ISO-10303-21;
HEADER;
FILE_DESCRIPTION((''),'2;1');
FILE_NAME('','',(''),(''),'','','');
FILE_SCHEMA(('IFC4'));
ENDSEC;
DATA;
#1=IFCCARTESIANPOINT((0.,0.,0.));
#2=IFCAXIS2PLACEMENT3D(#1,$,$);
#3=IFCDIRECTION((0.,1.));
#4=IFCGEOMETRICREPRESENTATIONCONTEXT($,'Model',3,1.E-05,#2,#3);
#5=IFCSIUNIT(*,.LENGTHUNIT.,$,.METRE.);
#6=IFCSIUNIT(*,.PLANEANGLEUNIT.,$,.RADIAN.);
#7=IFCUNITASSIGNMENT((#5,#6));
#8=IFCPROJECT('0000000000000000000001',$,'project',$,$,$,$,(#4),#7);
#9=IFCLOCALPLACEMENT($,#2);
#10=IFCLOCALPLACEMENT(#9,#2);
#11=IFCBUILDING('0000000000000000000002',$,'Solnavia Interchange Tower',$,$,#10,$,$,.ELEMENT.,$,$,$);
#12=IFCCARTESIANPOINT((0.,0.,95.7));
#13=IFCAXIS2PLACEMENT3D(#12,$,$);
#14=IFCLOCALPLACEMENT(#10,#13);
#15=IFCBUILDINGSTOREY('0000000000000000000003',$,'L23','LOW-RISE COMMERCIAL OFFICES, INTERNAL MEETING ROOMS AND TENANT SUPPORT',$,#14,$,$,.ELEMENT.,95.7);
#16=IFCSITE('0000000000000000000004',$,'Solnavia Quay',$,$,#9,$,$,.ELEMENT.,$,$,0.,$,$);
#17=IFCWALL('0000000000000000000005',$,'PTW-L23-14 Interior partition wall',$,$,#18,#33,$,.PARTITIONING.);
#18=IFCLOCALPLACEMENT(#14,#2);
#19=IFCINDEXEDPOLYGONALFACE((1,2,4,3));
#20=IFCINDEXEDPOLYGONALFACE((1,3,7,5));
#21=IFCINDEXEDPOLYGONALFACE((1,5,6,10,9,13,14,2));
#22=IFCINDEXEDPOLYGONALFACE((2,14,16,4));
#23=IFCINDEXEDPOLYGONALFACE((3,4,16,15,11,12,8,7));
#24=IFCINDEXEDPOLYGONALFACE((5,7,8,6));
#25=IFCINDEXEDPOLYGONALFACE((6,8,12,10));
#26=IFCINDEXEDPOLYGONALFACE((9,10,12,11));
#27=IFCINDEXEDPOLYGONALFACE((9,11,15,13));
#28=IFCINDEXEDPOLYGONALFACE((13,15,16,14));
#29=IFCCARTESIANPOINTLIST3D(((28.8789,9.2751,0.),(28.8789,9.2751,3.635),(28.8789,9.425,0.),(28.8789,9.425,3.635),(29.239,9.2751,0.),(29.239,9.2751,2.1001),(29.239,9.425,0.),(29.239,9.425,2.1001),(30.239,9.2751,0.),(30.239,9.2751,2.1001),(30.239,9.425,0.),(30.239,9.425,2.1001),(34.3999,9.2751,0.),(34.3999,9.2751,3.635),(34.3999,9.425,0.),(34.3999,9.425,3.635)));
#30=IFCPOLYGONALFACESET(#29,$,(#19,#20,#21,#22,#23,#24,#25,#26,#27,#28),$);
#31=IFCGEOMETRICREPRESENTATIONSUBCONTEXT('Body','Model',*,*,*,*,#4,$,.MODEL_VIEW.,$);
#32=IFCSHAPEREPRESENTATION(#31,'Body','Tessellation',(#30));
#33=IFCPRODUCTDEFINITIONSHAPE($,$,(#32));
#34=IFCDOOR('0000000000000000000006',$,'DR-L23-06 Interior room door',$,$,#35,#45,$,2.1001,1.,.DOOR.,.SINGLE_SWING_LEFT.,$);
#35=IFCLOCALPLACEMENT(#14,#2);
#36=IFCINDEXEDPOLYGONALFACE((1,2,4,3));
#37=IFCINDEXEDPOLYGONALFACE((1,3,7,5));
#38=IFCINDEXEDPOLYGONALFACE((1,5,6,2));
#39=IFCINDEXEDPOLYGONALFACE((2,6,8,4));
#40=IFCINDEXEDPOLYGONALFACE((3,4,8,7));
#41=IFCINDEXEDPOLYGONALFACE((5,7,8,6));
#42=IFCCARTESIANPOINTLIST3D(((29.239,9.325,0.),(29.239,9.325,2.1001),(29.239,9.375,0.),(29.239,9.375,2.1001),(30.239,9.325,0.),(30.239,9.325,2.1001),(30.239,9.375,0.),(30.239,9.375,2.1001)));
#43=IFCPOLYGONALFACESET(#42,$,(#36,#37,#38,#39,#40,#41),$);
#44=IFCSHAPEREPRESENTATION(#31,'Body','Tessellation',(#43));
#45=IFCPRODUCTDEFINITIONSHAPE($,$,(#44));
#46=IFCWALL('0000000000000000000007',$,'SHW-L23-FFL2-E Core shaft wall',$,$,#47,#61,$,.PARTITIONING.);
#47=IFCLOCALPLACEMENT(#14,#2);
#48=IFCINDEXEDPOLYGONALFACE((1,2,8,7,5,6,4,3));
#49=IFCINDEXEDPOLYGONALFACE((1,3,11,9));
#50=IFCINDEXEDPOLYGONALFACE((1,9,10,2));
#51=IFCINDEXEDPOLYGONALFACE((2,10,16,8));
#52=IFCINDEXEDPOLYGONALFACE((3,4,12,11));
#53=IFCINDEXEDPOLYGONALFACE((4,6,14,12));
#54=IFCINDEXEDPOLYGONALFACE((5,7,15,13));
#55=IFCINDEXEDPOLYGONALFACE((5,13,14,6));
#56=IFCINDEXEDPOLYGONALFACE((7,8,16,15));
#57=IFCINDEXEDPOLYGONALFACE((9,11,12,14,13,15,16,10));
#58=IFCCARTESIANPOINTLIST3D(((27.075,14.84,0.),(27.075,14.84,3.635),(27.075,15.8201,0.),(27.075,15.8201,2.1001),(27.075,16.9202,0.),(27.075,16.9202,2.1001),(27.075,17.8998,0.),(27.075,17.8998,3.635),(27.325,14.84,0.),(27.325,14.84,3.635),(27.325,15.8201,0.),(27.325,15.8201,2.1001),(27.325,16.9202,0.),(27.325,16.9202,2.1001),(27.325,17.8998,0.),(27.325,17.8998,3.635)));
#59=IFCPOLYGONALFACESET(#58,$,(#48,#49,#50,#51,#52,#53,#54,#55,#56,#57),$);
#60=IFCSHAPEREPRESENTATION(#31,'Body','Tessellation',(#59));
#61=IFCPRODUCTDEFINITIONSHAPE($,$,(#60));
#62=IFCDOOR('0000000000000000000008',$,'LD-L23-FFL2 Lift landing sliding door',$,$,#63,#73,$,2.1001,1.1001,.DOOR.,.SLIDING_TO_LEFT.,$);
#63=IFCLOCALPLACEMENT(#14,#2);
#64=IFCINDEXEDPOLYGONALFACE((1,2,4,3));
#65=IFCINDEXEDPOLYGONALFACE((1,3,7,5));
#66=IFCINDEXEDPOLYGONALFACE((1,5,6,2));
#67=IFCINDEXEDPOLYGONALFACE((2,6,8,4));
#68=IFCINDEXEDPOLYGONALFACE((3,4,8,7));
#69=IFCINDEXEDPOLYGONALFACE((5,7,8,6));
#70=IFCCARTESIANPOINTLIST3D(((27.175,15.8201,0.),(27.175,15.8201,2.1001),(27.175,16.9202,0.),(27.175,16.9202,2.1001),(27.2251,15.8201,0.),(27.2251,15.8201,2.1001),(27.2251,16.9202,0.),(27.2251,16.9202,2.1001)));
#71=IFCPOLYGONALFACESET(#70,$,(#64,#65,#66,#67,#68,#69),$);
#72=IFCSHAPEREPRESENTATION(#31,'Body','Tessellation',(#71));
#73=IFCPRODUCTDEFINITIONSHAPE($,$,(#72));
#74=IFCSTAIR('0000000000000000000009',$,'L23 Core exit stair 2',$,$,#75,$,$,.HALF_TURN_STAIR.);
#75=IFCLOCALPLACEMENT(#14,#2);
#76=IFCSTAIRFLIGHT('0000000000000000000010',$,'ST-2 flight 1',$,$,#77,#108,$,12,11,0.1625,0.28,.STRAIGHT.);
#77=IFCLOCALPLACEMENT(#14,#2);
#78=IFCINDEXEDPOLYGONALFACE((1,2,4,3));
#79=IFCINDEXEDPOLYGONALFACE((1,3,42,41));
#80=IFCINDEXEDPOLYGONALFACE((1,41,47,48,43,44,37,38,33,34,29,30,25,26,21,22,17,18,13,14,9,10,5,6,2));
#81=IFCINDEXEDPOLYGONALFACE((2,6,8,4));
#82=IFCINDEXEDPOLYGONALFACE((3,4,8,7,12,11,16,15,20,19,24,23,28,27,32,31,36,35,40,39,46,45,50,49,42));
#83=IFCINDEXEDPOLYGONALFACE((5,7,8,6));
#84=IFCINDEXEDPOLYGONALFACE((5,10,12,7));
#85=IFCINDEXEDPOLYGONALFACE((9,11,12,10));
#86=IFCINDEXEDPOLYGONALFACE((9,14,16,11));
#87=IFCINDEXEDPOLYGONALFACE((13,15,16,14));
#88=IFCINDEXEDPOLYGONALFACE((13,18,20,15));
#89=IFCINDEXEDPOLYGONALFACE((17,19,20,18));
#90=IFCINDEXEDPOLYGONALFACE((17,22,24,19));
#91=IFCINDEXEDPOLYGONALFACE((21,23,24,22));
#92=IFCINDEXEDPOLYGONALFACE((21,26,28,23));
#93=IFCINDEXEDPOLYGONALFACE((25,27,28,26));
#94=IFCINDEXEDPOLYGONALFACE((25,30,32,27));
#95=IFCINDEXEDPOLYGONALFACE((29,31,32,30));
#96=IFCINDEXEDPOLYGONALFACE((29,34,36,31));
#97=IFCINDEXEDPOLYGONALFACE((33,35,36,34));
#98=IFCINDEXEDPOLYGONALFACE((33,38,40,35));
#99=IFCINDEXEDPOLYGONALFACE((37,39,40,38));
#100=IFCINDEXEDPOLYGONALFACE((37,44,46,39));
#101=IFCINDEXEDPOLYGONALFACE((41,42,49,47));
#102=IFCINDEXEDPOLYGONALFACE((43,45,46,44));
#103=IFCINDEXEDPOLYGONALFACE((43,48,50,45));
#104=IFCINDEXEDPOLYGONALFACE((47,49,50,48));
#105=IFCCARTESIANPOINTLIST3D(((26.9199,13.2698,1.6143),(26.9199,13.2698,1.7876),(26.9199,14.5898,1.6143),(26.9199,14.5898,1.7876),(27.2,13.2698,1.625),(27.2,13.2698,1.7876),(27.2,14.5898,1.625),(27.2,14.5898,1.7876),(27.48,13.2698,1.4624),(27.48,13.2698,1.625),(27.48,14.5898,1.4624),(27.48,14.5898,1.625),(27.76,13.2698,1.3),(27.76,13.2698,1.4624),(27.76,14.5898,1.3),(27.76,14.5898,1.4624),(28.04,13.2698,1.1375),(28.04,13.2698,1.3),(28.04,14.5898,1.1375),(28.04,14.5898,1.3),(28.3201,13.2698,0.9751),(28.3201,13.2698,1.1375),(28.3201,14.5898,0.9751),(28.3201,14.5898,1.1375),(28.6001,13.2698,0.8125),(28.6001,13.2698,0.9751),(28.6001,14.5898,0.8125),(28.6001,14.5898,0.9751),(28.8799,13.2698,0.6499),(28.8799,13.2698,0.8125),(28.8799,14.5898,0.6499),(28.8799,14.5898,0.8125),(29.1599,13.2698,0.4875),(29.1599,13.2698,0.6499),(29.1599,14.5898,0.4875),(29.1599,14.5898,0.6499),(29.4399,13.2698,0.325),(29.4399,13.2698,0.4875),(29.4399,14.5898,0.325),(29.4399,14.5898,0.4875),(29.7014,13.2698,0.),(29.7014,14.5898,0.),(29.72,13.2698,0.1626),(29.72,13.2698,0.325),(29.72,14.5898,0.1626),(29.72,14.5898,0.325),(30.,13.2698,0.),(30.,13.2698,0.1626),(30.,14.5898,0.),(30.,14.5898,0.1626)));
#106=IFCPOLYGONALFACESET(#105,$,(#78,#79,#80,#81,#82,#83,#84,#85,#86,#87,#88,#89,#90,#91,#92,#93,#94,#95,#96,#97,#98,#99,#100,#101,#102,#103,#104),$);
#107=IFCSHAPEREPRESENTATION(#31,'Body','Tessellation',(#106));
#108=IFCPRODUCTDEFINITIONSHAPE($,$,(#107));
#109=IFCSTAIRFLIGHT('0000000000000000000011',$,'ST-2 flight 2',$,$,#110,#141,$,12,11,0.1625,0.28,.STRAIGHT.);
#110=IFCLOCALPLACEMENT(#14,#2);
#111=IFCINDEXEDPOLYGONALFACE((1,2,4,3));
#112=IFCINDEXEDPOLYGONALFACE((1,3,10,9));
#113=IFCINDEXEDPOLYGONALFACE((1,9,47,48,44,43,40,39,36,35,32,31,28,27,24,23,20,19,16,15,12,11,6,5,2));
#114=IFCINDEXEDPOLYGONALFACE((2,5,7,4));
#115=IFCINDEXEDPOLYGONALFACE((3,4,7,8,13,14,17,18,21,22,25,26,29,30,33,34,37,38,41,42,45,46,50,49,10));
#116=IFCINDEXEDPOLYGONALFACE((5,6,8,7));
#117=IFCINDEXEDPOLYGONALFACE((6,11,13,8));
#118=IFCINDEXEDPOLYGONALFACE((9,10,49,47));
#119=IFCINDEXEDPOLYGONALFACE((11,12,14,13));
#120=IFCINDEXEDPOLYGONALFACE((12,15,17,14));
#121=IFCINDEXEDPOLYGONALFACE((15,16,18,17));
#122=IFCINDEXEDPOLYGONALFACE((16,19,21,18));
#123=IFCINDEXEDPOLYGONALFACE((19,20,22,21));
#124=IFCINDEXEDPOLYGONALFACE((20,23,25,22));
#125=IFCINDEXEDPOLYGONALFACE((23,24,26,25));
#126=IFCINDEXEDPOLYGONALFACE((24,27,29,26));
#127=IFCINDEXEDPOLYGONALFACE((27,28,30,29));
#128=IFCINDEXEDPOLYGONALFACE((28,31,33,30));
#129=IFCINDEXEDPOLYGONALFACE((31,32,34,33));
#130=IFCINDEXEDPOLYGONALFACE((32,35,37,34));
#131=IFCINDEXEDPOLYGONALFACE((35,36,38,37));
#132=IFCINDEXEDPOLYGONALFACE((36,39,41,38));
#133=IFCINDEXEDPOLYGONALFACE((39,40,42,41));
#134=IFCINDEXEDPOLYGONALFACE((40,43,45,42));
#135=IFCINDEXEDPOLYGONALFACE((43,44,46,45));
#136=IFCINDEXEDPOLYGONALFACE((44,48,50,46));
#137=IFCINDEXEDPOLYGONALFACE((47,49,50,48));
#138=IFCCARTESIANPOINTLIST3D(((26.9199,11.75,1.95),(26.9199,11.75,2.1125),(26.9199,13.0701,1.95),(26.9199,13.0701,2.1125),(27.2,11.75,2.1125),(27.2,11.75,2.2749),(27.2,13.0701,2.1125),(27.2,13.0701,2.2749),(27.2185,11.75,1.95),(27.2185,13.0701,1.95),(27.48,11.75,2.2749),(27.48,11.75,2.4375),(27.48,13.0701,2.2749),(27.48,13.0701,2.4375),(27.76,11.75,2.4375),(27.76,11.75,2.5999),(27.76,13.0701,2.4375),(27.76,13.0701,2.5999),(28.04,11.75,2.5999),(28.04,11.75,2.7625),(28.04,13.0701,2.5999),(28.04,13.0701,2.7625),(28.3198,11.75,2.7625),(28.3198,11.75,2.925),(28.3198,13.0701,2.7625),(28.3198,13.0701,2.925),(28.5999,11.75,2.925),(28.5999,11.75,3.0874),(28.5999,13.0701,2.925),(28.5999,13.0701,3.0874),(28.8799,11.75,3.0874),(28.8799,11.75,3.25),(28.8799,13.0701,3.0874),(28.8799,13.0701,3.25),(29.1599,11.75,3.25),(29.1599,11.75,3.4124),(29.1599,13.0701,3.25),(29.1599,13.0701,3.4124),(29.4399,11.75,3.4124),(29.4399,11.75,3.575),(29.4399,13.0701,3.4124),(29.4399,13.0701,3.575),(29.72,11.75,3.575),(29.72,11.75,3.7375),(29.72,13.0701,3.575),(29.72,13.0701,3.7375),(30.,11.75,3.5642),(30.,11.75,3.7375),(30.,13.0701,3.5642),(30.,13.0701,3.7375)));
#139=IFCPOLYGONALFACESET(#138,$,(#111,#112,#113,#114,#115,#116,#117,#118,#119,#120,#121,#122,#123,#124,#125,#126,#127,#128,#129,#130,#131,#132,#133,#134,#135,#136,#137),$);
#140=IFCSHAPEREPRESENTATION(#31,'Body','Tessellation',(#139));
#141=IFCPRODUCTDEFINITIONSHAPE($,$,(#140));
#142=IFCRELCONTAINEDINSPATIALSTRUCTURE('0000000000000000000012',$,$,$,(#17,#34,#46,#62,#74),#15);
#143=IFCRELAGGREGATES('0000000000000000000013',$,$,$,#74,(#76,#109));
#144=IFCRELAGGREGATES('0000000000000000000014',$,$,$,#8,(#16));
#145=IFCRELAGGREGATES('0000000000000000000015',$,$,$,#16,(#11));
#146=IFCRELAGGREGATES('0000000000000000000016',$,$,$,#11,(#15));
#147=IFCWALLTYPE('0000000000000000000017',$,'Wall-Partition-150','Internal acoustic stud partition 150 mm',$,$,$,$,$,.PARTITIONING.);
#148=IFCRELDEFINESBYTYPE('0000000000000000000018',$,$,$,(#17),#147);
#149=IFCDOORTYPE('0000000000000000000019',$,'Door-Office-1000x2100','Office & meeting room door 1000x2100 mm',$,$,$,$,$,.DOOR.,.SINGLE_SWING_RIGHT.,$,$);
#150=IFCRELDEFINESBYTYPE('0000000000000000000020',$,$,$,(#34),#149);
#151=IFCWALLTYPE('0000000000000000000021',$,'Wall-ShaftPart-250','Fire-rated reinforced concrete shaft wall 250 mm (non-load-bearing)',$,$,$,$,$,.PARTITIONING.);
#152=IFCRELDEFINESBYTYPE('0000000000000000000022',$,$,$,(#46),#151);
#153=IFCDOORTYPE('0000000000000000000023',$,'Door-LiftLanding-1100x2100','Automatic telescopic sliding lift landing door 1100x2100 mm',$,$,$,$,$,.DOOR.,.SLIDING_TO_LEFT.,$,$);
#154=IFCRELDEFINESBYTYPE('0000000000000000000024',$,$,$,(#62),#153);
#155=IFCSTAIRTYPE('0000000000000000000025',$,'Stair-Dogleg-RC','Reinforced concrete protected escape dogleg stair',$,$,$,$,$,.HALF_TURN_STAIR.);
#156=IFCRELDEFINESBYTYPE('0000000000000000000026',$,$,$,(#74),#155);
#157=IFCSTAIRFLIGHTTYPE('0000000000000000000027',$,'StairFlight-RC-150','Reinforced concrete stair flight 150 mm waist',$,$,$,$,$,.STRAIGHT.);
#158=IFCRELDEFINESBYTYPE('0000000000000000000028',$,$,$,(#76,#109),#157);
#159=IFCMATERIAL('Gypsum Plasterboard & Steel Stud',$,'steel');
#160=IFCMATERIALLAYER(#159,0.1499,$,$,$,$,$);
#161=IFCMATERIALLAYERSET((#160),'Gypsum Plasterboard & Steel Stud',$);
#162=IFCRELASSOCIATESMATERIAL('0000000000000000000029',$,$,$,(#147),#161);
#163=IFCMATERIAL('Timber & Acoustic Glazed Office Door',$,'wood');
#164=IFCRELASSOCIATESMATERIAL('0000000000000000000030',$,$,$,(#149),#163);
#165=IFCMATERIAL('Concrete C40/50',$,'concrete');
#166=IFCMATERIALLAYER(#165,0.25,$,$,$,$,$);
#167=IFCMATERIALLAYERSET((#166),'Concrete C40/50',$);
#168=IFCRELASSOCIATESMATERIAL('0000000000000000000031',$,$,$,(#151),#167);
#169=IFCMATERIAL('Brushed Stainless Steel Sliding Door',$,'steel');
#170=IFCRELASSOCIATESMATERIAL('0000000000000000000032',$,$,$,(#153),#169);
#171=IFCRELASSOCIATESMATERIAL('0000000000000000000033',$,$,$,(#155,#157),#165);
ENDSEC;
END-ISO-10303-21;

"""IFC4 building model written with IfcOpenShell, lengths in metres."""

from ifc_helpers import new_model, si_unit, direction, frame, frame_2d, origin, place, context, subcontext, project, spatial, polyline, rectangle, outline, extrude, material, layer, layer_set, type_object, element, fill, aggregate, save


model = new_model("IFC4")

# Units and contexts
model_context = context("Model", 3, precision=1e-05, world=origin(), true_north=direction((0.0, 1.0)))
body_context = subcontext(model_context, "Body", "Model", "MODEL_VIEW")
ifc_project = project(units=[si_unit("LENGTHUNIT", "METRE"), si_unit("PLANEANGLEUNIT", "RADIAN")], contexts=[model_context])

# Site, building, storey
site_placement = place(None, origin())
site = spatial("IfcSite", under=ifc_project, at=site_placement, Name="Solnavia Quay", CompositionType="ELEMENT", RefElevation=0.0)
building_placement = place(site_placement, origin())
building = spatial("IfcBuilding", under=site, at=building_placement, Name="Solnavia Interchange Tower", CompositionType="ELEMENT")
storey_placement = place(building_placement, frame((0.0, 0.0, 95.7)))
storey = spatial("IfcBuildingStorey", under=building, at=storey_placement, Name="L23", Description="LOW-RISE COMMERCIAL OFFICES, INTERNAL MEETING ROOMS AND TENANT SUPPORT", CompositionType="ELEMENT", Elevation=95.7)

# Shared definitions
ifc_material_1 = material(Name="Concrete C40/50", Category="concrete")

# Shared definitions
ifc_material_2 = material(Name="Gypsum Plasterboard & Steel Stud", Category="steel")
ifc_layer_1 = layer(ifc_material_2, 0.1499)
ifc_layer_set_1 = layer_set([ifc_layer_1], Name="Gypsum Plasterboard & Steel Stud")
wall_type_1 = type_object("IfcWallType", Name="Wall-Partition-150", Description="Internal acoustic stud partition 150 mm", PredefinedType="PARTITIONING", material=ifc_layer_set_1)

# Walls, openings, doors
wall_1_placement = place(storey_placement, frame((28.8789, 9.3501, 0.0), z_axis=(0.0, 0.0, 1.0), x_axis=(1.0, 0.0, 0.0)))
wall_1 = element("IfcWall", 1, at=wall_1_placement, inside=storey, type_object=wall_type_1, Name="PTW-L23-14 Interior partition wall", PredefinedType="PARTITIONING", context=body_context, shape_type="SweptSolid", body=[
    extrude(rectangle(XDim=5.521, YDim=0.1499, at=frame_2d((2.7605, 0.0))), origin(), (0.0, 0.0, 1.0), 3.635),
])
opening_1_placement = place(wall_1_placement, frame((0.3601, 0.0, 0.0)))
opening_1 = element("IfcOpeningElement", 2, at=opening_1_placement, cuts=wall_1, PredefinedType="OPENING", context=body_context, shape_type="SweptSolid", body=[
    extrude(rectangle(XDim=1.0, YDim=2.1001, at=frame_2d((0.5, 1.05))), frame((0.0, 0.085, 0.0), z_axis=(0.0, -1.0, 0.0), x_axis=(1.0, 0.0, 0.0)), (0.0, 0.0, 1.0), 0.1699),
])
ifc_material_3 = material(Name="Timber & Acoustic Glazed Office Door", Category="wood")
door_type_1 = type_object("IfcDoorType", Name="Door-Office-1000x2100", Description="Office & meeting room door 1000x2100 mm", OperationType="SINGLE_SWING_RIGHT", PredefinedType="DOOR", material=ifc_material_3)
door_1_placement = place(opening_1_placement, origin())
door_1 = element("IfcDoor", 3, at=door_1_placement, inside=storey, type_object=door_type_1, Name="DR-L23-06 Interior room door", OperationType="SINGLE_SWING_LEFT", OverallHeight=2.1001, OverallWidth=1.0, PredefinedType="DOOR", context=body_context, shape_type="SweptSolid", body=[
    extrude(rectangle(XDim=1.0, YDim=2.1001, at=frame_2d((0.5, 1.05))), frame((0.0, 0.0249, 0.0), z_axis=(0.0, -1.0, 0.0), x_axis=(1.0, 0.0, 0.0)), (0.0, 0.0, 1.0), 0.05),
])
fill(opening_1, door_1)
ifc_layer_2 = layer(ifc_material_1, 0.25)
ifc_layer_set_2 = layer_set([ifc_layer_2], Name="Concrete C40/50")
wall_type_2 = type_object("IfcWallType", Name="Wall-ShaftPart-250", Description="Fire-rated reinforced concrete shaft wall 250 mm (non-load-bearing)", PredefinedType="PARTITIONING", material=ifc_layer_set_2)
wall_2_placement = place(storey_placement, frame((27.2, 14.8401, 0.0), z_axis=(0.0, 0.0, 1.0), x_axis=(0.0, 1.0, 0.0)))
wall_2 = element("IfcWall", 4, at=wall_2_placement, inside=storey, type_object=wall_type_2, Name="SHW-L23-FFL2-E Core shaft wall", PredefinedType="PARTITIONING", context=body_context, shape_type="SweptSolid", body=[
    extrude(rectangle(XDim=3.0598, YDim=0.25, at=frame_2d((1.5298, 0.0))), origin(), (0.0, 0.0, 1.0), 3.635),
])
opening_2_placement = place(wall_2_placement, frame((0.98, 0.0, 0.0)))
opening_2 = element("IfcOpeningElement", 5, at=opening_2_placement, cuts=wall_2, PredefinedType="OPENING", context=body_context, shape_type="SweptSolid", body=[
    extrude(rectangle(XDim=1.1001, YDim=2.1001, at=frame_2d((0.55, 1.05))), frame((0.0, 0.135, 0.0), z_axis=(0.0, -1.0, 0.0), x_axis=(1.0, 0.0, 0.0)), (0.0, 0.0, 1.0), 0.27),
])
ifc_material_4 = material(Name="Brushed Stainless Steel Sliding Door", Category="steel")
door_type_2 = type_object("IfcDoorType", Name="Door-LiftLanding-1100x2100", Description="Automatic telescopic sliding lift landing door 1100x2100 mm", OperationType="SLIDING_TO_LEFT", PredefinedType="DOOR", material=ifc_material_4)
door_2_placement = place(opening_2_placement, origin())
door_2 = element("IfcDoor", 6, at=door_2_placement, inside=storey, type_object=door_type_2, Name="LD-L23-FFL2 Lift landing sliding door", OperationType="SLIDING_TO_LEFT", OverallHeight=2.1001, OverallWidth=1.1001, PredefinedType="DOOR", context=body_context, shape_type="SweptSolid", body=[
    extrude(rectangle(XDim=1.1001, YDim=2.1001, at=frame_2d((0.55, 1.05))), frame((0.0, 0.0249, 0.0), z_axis=(0.0, -1.0, 0.0), x_axis=(1.0, 0.0, 0.0)), (0.0, 0.0, 1.0), 0.05),
])
fill(opening_2, door_2)

# Stair, stair flights
stair_type = type_object("IfcStairType", Name="Stair-Dogleg-RC", Description="Reinforced concrete protected escape dogleg stair", PredefinedType="HALF_TURN_STAIR", material=ifc_material_1)
stair_placement = place(storey_placement, origin())
stair = element("IfcStair", 7, at=stair_placement, inside=storey, type_object=stair_type, Name="L23 Core exit stair 2", PredefinedType="HALF_TURN_STAIR")
stair_flight_type = type_object("IfcStairFlightType", Name="StairFlight-RC-150", Description="Reinforced concrete stair flight 150 mm waist", PredefinedType="STRAIGHT", material=ifc_material_1)
stair_flight_1_placement = place(storey_placement, frame((30.0, 13.9299, 0.0), z_axis=(0.0, 0.0, 1.0), x_axis=(-1.0, 0.0, 0.0)))
stair_flight_1 = element("IfcStairFlight", 8, at=stair_flight_1_placement, type_object=stair_flight_type, Name="ST-2 flight 1", NumberOfRisers=12, NumberOfTreads=11, PredefinedType="STRAIGHT", RiserHeight=0.1625, TreadLength=0.28, context=body_context, shape_type="SweptSolid", body=[
    extrude(outline(polyline([(0.0, 0.0), (0.0, 0.1626), (0.28, 0.1626), (0.28, 0.325), (0.5601, 0.325), (0.5601, 0.4875), (0.8401, 0.4875), (0.8401, 0.6499), (1.1201, 0.6499), (1.1201, 0.8125), (1.3999, 0.8125), (1.3999, 0.9751), (1.6799, 0.9751), (1.6799, 1.1375), (1.96, 1.1375), (1.96, 1.3), (2.24, 1.3), (2.24, 1.4624), (2.52, 1.4624), (2.52, 1.625), (2.8, 1.625), (2.8, 1.7876), (3.0801, 1.7876), (3.0801, 1.95), (3.0801, 1.6143), (0.2986, 0.0), (0.0, 0.0)])), frame((0.0, 0.6602, 0.0), z_axis=(0.0, -1.0, 0.0), x_axis=(1.0, 0.0, 0.0)), (0.0, 0.0, 1.0), 1.3201),
])
stair_flight_2_placement = place(storey_placement, frame((26.9199, 12.4099, 1.95), z_axis=(0.0, 0.0, 1.0), x_axis=(1.0, 0.0, 0.0)))
stair_flight_2 = element("IfcStairFlight", 9, at=stair_flight_2_placement, type_object=stair_flight_type, Name="ST-2 flight 2", NumberOfRisers=12, NumberOfTreads=11, PredefinedType="STRAIGHT", RiserHeight=0.1625, TreadLength=0.28, context=body_context, shape_type="SweptSolid", body=[
    extrude(outline(polyline([(0.0, 0.0), (0.0, 0.1626), (0.28, 0.1626), (0.28, 0.325), (0.5601, 0.325), (0.5601, 0.4875), (0.8401, 0.4875), (0.8401, 0.6499), (1.1201, 0.6499), (1.1201, 0.8125), (1.3999, 0.8125), (1.3999, 0.9751), (1.6799, 0.9751), (1.6799, 1.1375), (1.96, 1.1375), (1.96, 1.3), (2.24, 1.3), (2.24, 1.4624), (2.52, 1.4624), (2.52, 1.625), (2.8, 1.625), (2.8, 1.7876), (3.0801, 1.7876), (3.0801, 1.95), (3.0801, 1.6143), (0.2986, 0.0), (0.0, 0.0)])), frame((0.0, 0.6602, 0.0), z_axis=(0.0, -1.0, 0.0), x_axis=(1.0, 0.0, 0.0)), (0.0, 0.0, 1.0), 1.3201),
])
aggregate(stair, [stair_flight_1, stair_flight_2])

save(model, "model.ifc")
